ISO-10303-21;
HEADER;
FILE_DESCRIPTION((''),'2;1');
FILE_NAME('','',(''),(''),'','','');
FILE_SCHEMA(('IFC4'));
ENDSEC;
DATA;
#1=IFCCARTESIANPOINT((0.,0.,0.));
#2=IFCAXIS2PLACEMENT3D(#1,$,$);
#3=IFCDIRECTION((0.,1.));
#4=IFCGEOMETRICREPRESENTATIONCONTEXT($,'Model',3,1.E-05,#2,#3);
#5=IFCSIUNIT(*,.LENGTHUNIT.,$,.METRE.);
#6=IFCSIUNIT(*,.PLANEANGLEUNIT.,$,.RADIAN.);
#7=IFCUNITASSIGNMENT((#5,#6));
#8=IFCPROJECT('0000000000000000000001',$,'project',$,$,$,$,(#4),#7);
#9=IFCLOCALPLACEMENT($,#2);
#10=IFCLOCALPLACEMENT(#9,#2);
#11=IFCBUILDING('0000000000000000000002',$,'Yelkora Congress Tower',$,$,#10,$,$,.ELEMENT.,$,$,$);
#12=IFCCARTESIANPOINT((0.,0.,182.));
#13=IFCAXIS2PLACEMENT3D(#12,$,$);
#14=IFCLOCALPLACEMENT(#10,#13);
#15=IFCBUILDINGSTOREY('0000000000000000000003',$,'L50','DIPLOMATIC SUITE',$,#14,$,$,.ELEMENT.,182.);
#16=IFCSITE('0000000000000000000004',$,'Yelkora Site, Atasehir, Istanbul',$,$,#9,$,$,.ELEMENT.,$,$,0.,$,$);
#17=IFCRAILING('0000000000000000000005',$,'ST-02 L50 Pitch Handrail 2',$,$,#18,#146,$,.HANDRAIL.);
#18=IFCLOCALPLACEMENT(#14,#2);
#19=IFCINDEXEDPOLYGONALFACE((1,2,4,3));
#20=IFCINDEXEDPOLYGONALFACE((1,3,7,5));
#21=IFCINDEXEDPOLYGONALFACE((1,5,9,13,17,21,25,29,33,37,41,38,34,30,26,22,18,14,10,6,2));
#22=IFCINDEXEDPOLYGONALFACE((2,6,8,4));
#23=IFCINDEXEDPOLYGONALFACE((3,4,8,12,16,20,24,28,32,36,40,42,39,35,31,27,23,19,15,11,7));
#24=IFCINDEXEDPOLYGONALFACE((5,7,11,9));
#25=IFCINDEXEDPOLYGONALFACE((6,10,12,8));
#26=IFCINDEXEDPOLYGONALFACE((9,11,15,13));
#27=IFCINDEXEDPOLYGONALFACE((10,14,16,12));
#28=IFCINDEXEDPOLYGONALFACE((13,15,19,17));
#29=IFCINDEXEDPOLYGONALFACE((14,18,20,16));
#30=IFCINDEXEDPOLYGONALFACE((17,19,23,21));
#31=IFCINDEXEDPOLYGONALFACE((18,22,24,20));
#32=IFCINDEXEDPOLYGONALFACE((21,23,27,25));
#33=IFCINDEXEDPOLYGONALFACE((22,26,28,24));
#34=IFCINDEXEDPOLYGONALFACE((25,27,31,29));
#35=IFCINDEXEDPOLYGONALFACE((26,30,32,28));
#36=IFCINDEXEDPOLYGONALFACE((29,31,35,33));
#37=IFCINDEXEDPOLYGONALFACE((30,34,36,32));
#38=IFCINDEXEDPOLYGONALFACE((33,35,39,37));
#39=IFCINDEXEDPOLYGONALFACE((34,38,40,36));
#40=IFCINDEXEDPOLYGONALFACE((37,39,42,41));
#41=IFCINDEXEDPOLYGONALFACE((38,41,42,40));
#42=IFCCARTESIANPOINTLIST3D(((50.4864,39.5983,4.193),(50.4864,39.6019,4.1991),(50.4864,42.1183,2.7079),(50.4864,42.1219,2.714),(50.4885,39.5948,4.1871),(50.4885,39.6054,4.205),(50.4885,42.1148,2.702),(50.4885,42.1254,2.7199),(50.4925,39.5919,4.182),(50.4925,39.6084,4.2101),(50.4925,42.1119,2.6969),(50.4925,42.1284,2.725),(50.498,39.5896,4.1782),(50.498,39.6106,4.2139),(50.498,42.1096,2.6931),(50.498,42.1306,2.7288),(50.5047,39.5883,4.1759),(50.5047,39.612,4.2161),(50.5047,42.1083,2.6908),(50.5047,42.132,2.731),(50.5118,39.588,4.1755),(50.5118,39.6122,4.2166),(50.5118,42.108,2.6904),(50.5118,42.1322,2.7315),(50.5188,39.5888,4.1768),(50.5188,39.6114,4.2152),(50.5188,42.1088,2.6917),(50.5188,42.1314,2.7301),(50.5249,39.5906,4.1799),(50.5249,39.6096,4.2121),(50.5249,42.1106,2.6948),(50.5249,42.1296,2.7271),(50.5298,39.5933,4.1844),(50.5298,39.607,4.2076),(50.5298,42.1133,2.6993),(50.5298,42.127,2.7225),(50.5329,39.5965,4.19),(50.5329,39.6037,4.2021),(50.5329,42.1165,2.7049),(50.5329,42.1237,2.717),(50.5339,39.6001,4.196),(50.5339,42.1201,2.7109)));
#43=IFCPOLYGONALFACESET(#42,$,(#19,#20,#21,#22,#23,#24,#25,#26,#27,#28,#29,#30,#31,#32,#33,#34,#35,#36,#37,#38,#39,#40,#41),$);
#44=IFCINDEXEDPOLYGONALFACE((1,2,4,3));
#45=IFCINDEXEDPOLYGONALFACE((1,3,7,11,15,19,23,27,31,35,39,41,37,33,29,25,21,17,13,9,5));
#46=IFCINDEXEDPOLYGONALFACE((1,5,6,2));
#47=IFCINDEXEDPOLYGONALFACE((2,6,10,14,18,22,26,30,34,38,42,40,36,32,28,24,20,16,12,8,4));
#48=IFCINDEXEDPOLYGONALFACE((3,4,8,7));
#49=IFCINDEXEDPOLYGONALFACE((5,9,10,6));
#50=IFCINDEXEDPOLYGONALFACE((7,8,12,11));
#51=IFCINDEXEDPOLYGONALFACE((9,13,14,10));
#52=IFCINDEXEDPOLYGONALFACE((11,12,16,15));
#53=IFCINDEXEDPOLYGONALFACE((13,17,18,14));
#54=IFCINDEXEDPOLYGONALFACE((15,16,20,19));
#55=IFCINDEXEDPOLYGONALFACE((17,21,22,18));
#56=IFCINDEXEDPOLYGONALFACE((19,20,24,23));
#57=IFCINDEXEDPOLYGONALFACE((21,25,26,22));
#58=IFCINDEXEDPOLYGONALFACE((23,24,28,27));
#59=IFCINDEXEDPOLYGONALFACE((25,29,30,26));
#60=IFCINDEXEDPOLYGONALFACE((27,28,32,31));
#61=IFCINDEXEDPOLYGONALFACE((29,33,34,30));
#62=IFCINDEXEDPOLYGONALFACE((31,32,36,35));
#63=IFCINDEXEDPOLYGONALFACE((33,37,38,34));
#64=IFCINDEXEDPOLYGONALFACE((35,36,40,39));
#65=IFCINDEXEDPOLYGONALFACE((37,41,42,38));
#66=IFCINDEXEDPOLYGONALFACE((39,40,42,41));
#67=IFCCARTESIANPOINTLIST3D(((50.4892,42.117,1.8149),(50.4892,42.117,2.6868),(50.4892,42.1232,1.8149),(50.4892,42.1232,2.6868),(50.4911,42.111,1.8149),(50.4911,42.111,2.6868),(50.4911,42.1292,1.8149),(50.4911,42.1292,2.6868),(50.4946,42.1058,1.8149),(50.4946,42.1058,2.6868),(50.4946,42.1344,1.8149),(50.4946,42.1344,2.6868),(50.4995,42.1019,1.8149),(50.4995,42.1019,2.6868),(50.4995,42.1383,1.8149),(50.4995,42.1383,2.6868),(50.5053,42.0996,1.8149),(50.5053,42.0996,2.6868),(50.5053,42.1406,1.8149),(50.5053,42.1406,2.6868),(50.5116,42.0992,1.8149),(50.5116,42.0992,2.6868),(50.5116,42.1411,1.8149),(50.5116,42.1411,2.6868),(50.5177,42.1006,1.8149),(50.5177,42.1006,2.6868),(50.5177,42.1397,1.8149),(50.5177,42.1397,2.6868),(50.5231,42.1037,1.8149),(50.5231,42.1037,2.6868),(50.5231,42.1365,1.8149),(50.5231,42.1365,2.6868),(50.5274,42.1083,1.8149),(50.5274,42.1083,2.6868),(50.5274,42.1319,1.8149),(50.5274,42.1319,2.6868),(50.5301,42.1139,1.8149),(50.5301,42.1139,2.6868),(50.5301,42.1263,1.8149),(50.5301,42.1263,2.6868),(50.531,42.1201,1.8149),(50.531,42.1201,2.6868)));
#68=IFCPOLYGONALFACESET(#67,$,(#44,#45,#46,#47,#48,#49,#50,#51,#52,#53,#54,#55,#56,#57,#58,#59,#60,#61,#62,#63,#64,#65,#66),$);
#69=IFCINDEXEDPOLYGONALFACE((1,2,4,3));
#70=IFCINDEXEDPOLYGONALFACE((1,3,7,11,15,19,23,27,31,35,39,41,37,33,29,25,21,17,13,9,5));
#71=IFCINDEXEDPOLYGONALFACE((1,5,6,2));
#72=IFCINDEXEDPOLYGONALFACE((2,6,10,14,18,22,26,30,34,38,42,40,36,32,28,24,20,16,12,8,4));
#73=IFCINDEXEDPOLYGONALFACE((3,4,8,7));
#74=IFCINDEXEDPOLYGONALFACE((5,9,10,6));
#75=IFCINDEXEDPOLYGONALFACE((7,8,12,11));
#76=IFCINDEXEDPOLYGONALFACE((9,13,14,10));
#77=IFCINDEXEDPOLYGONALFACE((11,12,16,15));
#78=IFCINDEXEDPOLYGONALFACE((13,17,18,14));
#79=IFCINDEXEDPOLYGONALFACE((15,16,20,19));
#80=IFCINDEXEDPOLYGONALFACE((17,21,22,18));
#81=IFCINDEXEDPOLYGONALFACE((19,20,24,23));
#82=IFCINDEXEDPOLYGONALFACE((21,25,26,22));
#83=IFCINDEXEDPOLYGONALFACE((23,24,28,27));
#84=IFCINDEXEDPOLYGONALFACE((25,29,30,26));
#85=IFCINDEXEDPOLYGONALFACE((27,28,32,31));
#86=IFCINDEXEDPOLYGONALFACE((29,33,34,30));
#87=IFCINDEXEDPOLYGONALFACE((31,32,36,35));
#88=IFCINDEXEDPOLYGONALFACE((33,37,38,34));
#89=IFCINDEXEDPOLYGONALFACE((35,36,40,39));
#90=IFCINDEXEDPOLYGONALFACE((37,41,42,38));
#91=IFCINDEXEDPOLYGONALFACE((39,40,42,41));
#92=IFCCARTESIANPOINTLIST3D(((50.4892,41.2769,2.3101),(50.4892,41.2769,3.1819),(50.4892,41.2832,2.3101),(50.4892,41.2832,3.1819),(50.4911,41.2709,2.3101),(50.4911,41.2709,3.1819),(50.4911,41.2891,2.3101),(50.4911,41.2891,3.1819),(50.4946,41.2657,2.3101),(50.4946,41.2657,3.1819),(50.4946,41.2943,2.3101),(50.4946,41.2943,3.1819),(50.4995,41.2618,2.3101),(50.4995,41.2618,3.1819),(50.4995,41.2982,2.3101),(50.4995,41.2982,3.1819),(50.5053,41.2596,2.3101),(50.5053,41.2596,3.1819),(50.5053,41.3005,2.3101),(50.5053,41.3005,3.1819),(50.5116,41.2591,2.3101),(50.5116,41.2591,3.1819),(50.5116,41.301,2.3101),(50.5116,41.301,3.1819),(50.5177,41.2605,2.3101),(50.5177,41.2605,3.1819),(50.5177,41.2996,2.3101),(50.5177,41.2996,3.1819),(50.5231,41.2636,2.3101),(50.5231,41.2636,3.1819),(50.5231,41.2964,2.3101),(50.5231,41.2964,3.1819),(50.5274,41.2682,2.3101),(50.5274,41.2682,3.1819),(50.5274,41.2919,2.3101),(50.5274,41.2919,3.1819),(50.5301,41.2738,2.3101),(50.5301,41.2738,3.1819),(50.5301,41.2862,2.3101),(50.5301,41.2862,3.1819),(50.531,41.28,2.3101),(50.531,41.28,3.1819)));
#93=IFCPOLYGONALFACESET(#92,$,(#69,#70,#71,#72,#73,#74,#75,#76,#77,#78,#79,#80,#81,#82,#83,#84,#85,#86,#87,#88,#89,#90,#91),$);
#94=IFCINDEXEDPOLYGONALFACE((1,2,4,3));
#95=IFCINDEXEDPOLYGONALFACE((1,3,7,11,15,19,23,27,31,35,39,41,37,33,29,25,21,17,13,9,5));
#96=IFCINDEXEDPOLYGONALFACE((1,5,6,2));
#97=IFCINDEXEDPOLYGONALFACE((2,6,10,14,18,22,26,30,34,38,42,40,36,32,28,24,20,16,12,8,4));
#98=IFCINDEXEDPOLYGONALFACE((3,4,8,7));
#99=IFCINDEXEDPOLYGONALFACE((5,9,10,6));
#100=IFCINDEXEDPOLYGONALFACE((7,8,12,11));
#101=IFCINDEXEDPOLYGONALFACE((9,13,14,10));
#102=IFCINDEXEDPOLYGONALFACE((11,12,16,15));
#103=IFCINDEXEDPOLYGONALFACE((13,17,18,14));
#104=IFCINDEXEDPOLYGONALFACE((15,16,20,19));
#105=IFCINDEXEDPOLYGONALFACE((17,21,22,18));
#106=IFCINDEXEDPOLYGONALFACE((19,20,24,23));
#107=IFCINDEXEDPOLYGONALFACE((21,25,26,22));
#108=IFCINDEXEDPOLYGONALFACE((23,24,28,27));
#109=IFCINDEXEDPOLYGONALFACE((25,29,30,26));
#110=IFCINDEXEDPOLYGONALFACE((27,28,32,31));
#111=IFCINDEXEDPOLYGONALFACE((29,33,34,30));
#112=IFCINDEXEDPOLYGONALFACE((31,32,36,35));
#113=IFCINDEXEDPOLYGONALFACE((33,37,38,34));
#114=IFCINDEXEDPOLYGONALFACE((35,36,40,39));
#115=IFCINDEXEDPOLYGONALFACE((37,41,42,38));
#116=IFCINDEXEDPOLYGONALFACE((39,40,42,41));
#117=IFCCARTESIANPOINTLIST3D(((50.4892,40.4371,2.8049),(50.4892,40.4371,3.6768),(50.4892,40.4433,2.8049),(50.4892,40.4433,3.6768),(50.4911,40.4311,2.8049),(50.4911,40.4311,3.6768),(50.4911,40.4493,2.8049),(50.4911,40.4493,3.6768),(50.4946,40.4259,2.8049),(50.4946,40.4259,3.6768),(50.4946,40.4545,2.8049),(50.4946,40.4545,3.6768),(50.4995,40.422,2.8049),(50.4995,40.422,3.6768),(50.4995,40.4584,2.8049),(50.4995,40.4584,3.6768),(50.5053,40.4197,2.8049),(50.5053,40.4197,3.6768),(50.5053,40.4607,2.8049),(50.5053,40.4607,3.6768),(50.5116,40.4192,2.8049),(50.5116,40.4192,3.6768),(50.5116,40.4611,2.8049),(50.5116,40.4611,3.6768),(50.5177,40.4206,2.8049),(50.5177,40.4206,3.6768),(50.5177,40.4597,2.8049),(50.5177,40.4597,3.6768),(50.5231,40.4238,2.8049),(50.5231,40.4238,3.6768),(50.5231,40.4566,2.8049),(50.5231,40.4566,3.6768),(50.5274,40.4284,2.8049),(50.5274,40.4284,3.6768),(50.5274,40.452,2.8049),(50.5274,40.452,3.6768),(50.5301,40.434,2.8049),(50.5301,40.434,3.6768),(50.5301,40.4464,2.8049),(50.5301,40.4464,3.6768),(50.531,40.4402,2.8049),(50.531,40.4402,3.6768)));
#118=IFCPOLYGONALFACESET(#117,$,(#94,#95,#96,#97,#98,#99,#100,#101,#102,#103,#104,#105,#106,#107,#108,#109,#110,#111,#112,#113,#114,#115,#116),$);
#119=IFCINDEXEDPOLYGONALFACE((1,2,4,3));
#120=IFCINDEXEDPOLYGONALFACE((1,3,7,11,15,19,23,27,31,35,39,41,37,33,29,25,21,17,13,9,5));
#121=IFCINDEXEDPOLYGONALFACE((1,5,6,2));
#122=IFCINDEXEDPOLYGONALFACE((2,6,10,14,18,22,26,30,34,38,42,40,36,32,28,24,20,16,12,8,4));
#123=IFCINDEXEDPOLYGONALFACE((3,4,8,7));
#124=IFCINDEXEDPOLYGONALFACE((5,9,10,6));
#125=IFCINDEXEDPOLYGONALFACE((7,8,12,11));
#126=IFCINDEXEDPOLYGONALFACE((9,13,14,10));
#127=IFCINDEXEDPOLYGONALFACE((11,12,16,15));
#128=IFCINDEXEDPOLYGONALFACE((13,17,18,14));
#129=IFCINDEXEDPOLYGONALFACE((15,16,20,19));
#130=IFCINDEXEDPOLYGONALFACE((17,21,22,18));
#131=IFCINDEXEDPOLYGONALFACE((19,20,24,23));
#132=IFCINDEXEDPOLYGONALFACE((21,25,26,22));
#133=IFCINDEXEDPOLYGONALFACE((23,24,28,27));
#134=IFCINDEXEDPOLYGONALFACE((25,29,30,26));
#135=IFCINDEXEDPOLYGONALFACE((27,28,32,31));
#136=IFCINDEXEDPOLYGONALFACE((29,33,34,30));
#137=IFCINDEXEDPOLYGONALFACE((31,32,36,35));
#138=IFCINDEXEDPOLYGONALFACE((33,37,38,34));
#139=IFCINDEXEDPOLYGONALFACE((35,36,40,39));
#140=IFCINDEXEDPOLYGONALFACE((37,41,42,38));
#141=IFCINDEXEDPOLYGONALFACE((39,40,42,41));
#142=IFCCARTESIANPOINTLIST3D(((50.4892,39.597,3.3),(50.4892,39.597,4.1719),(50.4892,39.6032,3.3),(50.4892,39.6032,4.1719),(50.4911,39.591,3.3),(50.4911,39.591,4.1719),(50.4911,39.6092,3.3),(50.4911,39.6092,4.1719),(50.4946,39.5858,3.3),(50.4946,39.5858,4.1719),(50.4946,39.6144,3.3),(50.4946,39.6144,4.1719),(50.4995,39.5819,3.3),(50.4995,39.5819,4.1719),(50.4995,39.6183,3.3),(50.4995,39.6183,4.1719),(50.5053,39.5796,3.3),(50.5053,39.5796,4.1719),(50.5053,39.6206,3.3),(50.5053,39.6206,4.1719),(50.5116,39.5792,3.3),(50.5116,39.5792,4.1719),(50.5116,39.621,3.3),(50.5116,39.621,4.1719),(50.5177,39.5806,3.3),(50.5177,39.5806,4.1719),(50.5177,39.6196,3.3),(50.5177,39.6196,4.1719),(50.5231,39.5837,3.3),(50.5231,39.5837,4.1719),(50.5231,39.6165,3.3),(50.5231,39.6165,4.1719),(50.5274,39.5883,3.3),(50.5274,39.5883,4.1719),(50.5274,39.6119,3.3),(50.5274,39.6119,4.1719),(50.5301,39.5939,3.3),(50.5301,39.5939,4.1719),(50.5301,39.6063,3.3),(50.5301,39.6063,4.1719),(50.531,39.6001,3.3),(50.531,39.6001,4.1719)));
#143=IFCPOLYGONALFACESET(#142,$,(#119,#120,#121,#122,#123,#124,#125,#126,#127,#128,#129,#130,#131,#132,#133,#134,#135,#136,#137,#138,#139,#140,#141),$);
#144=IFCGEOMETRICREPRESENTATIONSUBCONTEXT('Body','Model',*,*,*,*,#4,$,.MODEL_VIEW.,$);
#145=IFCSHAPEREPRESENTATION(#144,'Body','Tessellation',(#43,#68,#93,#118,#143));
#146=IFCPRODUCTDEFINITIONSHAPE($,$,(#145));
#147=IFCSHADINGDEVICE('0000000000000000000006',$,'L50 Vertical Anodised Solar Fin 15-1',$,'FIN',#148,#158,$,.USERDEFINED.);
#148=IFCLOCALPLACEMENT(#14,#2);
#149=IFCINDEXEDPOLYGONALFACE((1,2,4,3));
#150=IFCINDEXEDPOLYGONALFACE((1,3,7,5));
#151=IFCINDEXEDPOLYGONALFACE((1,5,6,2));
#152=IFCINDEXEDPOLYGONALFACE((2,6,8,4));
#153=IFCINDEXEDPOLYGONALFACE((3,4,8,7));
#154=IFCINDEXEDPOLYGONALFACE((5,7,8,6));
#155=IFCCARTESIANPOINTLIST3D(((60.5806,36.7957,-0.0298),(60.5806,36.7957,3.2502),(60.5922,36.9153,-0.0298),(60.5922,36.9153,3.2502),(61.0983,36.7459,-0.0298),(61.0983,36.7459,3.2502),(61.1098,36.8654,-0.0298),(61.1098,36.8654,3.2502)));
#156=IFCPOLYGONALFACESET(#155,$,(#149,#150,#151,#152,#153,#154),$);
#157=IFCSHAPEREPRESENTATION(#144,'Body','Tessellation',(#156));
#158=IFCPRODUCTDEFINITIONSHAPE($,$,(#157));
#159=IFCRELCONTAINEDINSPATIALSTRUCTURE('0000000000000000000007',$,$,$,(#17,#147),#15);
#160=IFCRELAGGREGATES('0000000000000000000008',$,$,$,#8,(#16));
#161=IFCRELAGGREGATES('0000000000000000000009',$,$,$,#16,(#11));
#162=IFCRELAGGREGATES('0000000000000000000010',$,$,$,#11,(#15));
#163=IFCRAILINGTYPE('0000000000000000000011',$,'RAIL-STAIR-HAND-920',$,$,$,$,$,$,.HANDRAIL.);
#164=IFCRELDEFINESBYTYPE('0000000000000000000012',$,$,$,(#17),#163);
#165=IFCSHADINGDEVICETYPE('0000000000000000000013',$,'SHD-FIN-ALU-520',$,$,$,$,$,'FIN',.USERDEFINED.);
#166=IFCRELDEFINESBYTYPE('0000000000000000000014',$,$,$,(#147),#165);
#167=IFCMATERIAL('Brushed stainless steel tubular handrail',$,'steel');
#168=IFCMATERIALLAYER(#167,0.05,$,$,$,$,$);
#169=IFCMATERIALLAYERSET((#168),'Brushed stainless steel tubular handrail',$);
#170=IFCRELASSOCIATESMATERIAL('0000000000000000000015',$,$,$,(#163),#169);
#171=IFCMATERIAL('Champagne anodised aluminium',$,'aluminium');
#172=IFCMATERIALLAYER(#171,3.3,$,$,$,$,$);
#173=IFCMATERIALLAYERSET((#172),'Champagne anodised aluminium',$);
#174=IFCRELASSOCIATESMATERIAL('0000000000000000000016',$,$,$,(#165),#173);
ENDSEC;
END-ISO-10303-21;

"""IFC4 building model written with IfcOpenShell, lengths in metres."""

from ifc_helpers import new_model, si_unit, direction, frame, origin, origin_2d, place, context, subcontext, project, spatial, rectangle, circle, extrude, material, layer, layer_set, type_object, element, save


model = new_model("IFC4")

# Units and contexts
model_context = context("Model", 3, precision=1e-05, world=origin(), true_north=direction((0.0, 1.0)))
body_context = subcontext(model_context, "Body", "Model", "MODEL_VIEW")
ifc_project = project(units=[si_unit("LENGTHUNIT", "METRE"), si_unit("PLANEANGLEUNIT", "RADIAN")], contexts=[model_context])

# Site, building, storey
site_placement = place(None, origin())
site = spatial("IfcSite", under=ifc_project, at=site_placement, Name="Yelkora Site, Atasehir, Istanbul", CompositionType="ELEMENT", RefElevation=0.0)
building_placement = place(site_placement, origin())
building = spatial("IfcBuilding", under=site, at=building_placement, Name="Yelkora Congress Tower", CompositionType="ELEMENT")
storey_placement = place(building_placement, frame((0.0, 0.0, 182.0)))
storey = spatial("IfcBuildingStorey", under=building, at=storey_placement, Name="L50", Description="DIPLOMATIC SUITE", CompositionType="ELEMENT", Elevation=182.0)

# Railing
ifc_material_1 = material(Name="Brushed stainless steel tubular handrail", Category="steel")
ifc_layer_1 = layer(ifc_material_1, 0.05)
ifc_layer_set_1 = layer_set([ifc_layer_1], Name="Brushed stainless steel tubular handrail")
railing_type_1 = type_object("IfcRailingType", Name="RAIL-STAIR-HAND-920", PredefinedType="HANDRAIL", material=ifc_layer_set_1)
railing_1_placement = place(storey_placement, frame((50.51, 42.1201, 1.8149)))
element("IfcRailing", 1, at=railing_1_placement, inside=storey, type_object=railing_type_1, Name="ST-02 L50 Pitch Handrail 2", PredefinedType="HANDRAIL", context=body_context, shape_type="SweptSolid", body=[
    extrude(circle(Radius=0.0239, at=origin_2d()), frame((0.0, 0.0, 0.896), z_axis=(0.0, -0.861524, 0.507717), x_axis=(1.0, 0.0, 0.0)), (0.0, 0.0, 1.0), 2.925),
    extrude(circle(Radius=0.021, at=origin_2d()), origin(), (0.0, 0.0, 1.0), 0.8718),
    extrude(circle(Radius=0.021, at=origin_2d()), frame((0.0, -0.8401, 0.4951)), (0.0, 0.0, 1.0), 0.8718),
    extrude(circle(Radius=0.021, at=origin_2d()), frame((0.0, -1.6799, 0.99)), (0.0, 0.0, 1.0), 0.8718),
    extrude(circle(Radius=0.021, at=origin_2d()), frame((0.0, -2.52, 1.4851)), (0.0, 0.0, 1.0), 0.8718),
])

# Shading device
ifc_material_2 = material(Name="Champagne anodised aluminium", Category="aluminium")
ifc_layer_2 = layer(ifc_material_2, 3.3)
ifc_layer_set_2 = layer_set([ifc_layer_2], Name="Champagne anodised aluminium")
shading_device_type = type_object("IfcShadingDeviceType", Name="SHD-FIN-ALU-520", ElementType="FIN", PredefinedType="USERDEFINED", material=ifc_layer_set_2)
shading_device_placement = place(storey_placement, frame((60.8452, 36.8306, -0.0298), z_axis=(0.0, 0.0, 1.0), x_axis=(-0.095846, -0.995396, 0.0)))
element("IfcShadingDevice", 2, at=shading_device_placement, inside=storey, type_object=shading_device_type, Name="L50 Vertical Anodised Solar Fin 15-1", ObjectType="FIN", PredefinedType="USERDEFINED", context=body_context, shape_type="SweptSolid", body=[
    extrude(rectangle(XDim=0.1201, YDim=0.52, at=origin_2d()), origin(), (0.0, 0.0, 1.0), 3.28),
])

save(model, "model.ifc")
